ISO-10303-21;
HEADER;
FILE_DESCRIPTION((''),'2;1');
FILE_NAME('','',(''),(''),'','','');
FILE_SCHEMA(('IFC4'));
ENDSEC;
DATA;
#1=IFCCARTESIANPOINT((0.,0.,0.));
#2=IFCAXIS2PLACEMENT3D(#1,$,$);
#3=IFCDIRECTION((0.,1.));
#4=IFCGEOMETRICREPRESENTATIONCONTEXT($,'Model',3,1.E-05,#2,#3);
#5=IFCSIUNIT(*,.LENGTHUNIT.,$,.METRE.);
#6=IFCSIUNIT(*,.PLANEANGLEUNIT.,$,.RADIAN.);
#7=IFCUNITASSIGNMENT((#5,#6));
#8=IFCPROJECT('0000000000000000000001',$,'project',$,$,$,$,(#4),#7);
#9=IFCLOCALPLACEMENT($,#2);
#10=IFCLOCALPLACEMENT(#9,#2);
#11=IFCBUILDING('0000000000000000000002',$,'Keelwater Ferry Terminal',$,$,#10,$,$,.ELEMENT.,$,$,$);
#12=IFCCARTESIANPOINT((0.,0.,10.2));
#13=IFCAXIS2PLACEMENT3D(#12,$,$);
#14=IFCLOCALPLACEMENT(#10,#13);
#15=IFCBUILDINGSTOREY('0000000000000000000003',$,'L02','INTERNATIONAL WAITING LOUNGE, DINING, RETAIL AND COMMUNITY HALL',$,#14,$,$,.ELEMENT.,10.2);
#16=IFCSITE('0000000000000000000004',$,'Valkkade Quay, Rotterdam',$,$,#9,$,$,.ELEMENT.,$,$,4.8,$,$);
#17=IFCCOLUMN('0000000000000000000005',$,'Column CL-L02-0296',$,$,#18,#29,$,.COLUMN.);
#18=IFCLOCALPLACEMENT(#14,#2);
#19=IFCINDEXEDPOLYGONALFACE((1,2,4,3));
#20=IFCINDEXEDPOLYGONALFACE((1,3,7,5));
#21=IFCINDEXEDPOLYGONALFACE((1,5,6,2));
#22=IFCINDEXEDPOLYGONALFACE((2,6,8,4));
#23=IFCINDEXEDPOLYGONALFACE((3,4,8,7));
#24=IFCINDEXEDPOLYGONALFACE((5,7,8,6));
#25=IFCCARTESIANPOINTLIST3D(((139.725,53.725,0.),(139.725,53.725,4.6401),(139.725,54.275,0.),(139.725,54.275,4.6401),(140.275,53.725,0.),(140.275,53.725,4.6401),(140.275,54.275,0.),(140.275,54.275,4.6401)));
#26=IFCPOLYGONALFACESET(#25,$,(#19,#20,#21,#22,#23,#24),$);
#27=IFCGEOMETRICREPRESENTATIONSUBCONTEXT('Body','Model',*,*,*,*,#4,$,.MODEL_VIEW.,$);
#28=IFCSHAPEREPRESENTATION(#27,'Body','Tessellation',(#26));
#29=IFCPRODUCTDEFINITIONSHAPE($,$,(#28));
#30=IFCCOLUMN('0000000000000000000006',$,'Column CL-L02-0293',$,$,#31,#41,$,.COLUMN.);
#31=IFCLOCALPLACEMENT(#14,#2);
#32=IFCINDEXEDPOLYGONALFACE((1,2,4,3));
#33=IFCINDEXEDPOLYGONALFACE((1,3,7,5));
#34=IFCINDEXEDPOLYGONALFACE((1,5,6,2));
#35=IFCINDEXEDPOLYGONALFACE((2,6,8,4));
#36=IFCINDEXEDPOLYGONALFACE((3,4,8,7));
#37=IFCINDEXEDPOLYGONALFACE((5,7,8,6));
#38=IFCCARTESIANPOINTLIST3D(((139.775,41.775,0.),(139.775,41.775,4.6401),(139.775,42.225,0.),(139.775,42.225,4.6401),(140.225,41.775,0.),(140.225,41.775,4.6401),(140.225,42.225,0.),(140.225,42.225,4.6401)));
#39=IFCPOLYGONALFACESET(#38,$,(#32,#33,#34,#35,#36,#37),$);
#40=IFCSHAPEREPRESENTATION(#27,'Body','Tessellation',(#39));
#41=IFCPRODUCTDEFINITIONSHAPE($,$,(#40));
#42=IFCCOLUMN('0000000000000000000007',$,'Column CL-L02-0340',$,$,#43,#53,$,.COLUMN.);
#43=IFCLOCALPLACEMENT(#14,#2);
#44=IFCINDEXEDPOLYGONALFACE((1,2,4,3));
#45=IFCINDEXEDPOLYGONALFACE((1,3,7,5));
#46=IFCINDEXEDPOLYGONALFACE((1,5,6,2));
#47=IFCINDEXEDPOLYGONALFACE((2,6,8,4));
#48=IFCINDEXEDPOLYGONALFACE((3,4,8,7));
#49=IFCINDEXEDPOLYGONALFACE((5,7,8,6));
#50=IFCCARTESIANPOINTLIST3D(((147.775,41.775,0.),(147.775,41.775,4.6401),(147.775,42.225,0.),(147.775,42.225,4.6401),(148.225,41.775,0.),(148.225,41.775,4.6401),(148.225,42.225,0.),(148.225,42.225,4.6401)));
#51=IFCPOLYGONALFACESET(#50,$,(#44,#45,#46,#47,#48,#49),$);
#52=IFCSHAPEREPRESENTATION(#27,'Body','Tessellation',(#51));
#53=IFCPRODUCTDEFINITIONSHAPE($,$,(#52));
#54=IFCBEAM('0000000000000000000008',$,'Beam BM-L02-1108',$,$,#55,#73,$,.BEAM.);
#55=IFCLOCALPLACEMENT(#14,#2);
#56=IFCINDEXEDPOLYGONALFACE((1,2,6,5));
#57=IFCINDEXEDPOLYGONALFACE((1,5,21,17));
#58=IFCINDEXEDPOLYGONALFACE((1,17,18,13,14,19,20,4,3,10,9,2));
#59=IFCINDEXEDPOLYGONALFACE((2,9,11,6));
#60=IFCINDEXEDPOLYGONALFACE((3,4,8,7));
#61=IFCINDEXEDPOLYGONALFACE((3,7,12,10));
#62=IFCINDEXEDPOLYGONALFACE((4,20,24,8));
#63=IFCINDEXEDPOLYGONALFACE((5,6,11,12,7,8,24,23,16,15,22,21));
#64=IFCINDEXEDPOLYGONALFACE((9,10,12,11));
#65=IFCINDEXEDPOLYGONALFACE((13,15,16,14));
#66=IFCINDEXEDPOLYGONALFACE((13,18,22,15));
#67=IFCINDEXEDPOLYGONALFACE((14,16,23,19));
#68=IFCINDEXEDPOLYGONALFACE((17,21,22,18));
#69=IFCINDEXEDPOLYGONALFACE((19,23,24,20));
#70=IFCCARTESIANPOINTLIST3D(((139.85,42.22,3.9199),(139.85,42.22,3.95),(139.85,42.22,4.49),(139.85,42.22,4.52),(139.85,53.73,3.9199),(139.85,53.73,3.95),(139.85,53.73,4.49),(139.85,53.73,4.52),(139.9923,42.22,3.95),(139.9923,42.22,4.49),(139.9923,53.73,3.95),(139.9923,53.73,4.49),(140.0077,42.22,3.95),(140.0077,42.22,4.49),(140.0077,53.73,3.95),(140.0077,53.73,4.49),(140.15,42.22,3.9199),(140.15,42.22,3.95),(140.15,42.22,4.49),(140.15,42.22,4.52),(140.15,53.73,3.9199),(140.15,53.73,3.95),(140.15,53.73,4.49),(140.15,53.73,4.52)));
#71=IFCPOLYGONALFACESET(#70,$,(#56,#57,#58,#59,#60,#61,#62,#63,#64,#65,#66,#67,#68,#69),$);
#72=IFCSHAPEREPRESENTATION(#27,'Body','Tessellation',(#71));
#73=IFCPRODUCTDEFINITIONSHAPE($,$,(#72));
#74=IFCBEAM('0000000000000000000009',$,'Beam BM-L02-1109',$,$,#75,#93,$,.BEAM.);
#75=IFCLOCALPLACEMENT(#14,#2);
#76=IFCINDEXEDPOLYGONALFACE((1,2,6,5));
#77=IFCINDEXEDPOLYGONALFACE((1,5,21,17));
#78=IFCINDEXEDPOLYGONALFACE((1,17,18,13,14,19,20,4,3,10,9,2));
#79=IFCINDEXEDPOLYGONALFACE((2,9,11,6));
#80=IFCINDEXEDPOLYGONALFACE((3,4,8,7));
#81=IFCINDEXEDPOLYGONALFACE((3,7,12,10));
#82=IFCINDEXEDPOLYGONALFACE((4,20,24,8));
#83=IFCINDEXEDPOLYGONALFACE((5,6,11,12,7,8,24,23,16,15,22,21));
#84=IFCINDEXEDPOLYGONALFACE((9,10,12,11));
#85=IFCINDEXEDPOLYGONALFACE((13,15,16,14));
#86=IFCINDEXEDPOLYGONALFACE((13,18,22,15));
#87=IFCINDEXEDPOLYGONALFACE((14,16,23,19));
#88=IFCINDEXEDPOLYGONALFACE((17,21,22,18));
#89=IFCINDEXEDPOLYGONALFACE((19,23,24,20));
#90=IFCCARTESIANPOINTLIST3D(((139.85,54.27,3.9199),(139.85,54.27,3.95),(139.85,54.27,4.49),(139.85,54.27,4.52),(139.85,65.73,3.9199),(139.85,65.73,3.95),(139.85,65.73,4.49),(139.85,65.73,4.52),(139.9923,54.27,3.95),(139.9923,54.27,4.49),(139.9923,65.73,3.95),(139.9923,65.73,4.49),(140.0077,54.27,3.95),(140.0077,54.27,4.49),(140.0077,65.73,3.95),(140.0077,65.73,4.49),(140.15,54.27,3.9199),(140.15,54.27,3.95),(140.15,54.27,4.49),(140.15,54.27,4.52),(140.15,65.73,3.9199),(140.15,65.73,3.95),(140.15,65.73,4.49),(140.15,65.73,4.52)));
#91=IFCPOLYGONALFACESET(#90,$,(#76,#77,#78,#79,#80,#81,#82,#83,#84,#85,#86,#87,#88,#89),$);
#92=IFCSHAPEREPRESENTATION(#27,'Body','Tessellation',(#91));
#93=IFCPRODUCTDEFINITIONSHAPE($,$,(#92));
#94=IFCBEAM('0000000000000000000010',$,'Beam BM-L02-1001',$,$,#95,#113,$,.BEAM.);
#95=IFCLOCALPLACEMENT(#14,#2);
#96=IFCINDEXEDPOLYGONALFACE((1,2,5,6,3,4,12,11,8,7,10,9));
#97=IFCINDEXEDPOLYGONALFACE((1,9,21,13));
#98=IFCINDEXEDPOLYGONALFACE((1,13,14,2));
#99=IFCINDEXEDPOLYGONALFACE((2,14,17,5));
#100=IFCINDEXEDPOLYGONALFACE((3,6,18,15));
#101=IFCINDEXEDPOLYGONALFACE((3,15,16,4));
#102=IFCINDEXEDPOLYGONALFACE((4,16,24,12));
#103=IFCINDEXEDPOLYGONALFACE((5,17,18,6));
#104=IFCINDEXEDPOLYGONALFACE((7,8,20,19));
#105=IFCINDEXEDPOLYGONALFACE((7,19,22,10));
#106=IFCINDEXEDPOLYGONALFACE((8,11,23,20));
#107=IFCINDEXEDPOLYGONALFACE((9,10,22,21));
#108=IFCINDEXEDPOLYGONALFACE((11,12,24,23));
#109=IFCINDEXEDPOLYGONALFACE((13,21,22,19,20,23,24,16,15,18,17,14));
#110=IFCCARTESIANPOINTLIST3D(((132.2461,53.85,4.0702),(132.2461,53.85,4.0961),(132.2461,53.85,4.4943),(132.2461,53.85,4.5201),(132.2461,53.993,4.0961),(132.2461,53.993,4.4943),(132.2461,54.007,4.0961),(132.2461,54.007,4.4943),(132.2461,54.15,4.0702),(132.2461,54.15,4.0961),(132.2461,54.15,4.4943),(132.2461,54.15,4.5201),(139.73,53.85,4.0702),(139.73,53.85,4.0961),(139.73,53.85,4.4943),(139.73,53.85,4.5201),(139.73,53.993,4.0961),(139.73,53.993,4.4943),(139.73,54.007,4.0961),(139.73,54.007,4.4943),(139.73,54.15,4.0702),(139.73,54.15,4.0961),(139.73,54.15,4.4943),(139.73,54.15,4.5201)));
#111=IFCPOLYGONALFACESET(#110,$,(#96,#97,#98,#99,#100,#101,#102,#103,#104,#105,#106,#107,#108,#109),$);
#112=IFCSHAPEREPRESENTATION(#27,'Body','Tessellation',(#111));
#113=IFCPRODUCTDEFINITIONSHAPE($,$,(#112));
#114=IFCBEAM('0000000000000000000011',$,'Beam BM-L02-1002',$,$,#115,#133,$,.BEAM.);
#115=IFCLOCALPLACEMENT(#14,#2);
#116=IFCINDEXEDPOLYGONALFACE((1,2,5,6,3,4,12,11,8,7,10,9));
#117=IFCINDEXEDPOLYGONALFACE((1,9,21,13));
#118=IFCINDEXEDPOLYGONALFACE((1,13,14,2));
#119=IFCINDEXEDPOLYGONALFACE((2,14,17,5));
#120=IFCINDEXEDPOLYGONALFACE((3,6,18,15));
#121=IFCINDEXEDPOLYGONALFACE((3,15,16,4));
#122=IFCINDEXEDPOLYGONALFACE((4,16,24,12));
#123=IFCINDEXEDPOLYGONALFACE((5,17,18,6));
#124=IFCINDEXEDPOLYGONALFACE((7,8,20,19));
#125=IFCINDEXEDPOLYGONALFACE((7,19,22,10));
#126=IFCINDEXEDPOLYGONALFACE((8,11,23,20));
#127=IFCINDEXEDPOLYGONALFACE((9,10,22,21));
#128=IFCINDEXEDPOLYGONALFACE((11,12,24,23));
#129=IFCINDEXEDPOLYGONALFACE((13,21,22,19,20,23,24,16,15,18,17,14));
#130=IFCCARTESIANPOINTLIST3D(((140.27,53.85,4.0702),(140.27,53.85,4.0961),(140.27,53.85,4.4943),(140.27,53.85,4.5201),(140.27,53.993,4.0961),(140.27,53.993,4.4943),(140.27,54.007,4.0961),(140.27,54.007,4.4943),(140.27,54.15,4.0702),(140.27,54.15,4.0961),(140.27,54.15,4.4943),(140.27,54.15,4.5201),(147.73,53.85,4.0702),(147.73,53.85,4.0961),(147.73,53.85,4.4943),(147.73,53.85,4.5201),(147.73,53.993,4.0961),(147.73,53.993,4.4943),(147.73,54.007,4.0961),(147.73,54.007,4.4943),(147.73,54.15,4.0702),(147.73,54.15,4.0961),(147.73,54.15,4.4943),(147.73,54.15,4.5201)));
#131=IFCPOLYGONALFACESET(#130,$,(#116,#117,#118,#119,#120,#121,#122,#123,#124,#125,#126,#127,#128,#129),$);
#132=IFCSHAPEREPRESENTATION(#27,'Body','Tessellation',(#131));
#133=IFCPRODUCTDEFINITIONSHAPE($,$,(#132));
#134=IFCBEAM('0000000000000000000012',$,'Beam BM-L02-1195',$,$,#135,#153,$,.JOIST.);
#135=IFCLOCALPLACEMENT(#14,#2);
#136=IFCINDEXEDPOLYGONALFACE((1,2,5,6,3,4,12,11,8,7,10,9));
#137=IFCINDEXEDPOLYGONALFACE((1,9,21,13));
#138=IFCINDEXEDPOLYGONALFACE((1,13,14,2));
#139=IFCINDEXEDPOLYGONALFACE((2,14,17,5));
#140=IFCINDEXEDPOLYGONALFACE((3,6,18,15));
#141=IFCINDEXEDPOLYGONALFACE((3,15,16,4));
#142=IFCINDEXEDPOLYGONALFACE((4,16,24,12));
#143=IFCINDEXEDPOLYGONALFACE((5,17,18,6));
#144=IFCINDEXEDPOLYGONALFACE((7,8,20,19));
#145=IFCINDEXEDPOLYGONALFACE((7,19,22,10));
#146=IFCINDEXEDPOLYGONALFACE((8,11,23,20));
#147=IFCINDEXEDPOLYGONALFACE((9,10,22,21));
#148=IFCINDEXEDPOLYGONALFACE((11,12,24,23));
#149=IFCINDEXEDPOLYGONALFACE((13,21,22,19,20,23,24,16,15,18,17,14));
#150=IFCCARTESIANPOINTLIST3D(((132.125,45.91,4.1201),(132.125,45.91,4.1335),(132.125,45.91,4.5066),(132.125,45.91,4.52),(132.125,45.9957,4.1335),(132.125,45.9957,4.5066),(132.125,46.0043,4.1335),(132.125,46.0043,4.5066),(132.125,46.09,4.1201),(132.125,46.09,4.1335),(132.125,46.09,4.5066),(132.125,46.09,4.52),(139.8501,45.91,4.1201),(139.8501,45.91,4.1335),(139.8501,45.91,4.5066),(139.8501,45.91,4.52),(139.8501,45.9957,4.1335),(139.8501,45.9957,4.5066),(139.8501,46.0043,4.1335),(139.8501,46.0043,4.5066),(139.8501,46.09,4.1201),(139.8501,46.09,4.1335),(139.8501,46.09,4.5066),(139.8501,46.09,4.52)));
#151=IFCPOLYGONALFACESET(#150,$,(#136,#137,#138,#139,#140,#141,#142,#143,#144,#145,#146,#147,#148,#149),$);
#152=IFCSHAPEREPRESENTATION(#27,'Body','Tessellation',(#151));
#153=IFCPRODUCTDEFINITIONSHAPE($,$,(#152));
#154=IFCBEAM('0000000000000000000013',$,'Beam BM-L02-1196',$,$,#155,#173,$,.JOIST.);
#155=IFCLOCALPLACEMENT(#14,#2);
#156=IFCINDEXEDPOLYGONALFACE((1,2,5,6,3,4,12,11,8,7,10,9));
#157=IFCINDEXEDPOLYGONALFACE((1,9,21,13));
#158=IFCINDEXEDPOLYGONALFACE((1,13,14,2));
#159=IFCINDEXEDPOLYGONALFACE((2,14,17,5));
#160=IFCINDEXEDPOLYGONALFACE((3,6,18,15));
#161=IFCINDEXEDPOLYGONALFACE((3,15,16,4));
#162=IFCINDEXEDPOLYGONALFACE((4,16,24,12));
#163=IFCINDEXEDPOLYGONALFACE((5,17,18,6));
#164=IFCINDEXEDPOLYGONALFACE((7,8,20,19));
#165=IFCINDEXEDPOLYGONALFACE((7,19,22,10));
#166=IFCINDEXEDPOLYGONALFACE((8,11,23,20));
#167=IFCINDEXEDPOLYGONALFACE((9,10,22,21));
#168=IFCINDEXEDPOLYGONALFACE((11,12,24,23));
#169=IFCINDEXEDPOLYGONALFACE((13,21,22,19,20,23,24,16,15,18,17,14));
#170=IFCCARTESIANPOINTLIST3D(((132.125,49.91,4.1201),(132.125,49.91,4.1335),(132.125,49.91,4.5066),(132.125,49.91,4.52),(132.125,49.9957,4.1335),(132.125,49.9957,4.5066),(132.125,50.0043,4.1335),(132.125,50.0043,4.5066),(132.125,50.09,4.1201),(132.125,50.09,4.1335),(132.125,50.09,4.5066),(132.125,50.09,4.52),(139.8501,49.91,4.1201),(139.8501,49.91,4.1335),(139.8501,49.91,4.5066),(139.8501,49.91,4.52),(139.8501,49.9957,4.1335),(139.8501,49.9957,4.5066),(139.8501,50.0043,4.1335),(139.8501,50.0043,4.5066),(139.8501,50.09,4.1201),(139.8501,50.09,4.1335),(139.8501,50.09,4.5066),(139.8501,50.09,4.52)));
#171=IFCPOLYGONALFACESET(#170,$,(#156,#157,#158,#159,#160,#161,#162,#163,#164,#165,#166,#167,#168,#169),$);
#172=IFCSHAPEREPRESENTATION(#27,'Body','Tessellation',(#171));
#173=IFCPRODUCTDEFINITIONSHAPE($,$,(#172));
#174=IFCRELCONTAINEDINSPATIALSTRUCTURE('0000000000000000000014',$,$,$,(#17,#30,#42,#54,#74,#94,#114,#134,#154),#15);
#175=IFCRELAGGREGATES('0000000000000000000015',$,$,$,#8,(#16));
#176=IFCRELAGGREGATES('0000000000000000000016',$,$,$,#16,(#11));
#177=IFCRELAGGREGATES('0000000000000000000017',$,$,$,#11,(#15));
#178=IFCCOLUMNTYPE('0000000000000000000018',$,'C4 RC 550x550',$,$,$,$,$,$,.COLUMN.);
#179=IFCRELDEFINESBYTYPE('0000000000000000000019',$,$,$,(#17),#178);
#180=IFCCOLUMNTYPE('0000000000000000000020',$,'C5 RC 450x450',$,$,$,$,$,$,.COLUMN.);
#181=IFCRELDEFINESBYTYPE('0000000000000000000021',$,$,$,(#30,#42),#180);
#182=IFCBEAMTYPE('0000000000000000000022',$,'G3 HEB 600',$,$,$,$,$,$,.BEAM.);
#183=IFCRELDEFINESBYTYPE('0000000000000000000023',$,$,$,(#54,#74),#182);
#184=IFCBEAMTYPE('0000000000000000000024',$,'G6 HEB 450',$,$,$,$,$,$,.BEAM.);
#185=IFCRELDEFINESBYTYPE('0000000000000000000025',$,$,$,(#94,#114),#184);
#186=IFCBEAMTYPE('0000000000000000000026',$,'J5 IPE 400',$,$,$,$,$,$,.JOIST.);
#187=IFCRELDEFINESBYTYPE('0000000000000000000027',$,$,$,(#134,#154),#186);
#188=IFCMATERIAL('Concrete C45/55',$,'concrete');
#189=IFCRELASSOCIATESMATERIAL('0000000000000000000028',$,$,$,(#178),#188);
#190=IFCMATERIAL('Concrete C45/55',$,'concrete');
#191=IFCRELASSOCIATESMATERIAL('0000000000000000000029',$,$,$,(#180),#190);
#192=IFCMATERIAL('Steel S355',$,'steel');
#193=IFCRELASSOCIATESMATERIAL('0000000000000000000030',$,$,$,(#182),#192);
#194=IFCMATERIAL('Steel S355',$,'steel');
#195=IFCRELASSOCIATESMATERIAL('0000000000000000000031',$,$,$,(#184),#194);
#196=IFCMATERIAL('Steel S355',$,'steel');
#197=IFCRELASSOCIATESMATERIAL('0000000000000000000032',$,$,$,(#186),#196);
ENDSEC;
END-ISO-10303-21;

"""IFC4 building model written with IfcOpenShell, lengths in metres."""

from ifc_helpers import new_model, si_unit, direction, frame, origin, origin_2d, place, context, subcontext, project, spatial, rectangle, i_section, extrude, material, material_profile, profile_set, type_object, element, save


model = new_model("IFC4")

# Units and contexts
model_context = context("Model", 3, precision=1e-05, world=origin(), true_north=direction((0.0, 1.0)))
body_context = subcontext(model_context, "Body", "Model", "MODEL_VIEW")
ifc_project = project(units=[si_unit("LENGTHUNIT", "METRE"), si_unit("PLANEANGLEUNIT", "RADIAN")], contexts=[model_context])

# Site, building, storey
site_placement = place(None, origin())
site = spatial("IfcSite", under=ifc_project, at=site_placement, Name="Valkkade Quay, Rotterdam", CompositionType="ELEMENT", RefElevation=4.8)
building_placement = place(site_placement, origin())
building = spatial("IfcBuilding", under=site, at=building_placement, Name="Keelwater Ferry Terminal", CompositionType="ELEMENT")
storey_placement = place(building_placement, frame((0.0, 0.0, 10.2)))
storey = spatial("IfcBuildingStorey", under=building, at=storey_placement, Name="L02", Description="INTERNATIONAL WAITING LOUNGE, DINING, RETAIL AND COMMUNITY HALL", CompositionType="ELEMENT", Elevation=10.2)

# Columns
ifc_material_1 = material(Name="Concrete C45/55", Category="concrete")
ifc_material_profile_1 = material_profile(ifc_material_1, rectangle(XDim=0.55, YDim=0.55, at=origin_2d()), Name="RC 550x550")
ifc_profile_set_1 = profile_set([ifc_material_profile_1], Name="Concrete C45/55")
column_type_1 = type_object("IfcColumnType", Name="C4 RC 550x550", PredefinedType="COLUMN", material=ifc_profile_set_1)
column_placement = place(storey_placement, frame((140.0, 54.0, 0.0), z_axis=(0.0, 0.0, 1.0), x_axis=(1.0, 0.0, 0.0)))
element("IfcColumn", 1, at=column_placement, inside=storey, type_object=column_type_1, Name="Column CL-L02-0296", PredefinedType="COLUMN", context=body_context, shape_type="SweptSolid", body=[
    extrude(rectangle(XDim=0.55, YDim=0.55, at=origin_2d()), origin(), (0.0, 0.0, 1.0), 4.6401),
])
ifc_material_2 = material(Name="Concrete C45/55", Category="concrete")
ifc_material_profile_2 = material_profile(ifc_material_2, rectangle(XDim=0.45, YDim=0.45, at=origin_2d()), Name="RC 450x450")
ifc_profile_set_2 = profile_set([ifc_material_profile_2], Name="Concrete C45/55")
column_type_2 = type_object("IfcColumnType", Name="C5 RC 450x450", PredefinedType="COLUMN", material=ifc_profile_set_2)
for number, where, z_axis, x_axis, name in (
    (2, (140.0, 42.0, 0.0), (0.0, 0.0, 1.0), (1.0, 0.0, 0.0), "Column CL-L02-0293"),
    (3, (148.0, 42.0, 0.0), (0.0, 0.0, 1.0), (1.0, 0.0, 0.0), "Column CL-L02-0340"),
):
    element("IfcColumn", number, at=place(storey_placement, frame(where, z_axis=z_axis, x_axis=x_axis)), inside=storey, type_object=column_type_2, Name=name, PredefinedType="COLUMN", context=body_context, shape_type="SweptSolid", body=[
        extrude(rectangle(XDim=0.45, YDim=0.45, at=origin_2d()), origin(), (0.0, 0.0, 1.0), 4.6401),
    ])

# Beams
ifc_material_3 = material(Name="Steel S355", Category="steel")
ifc_material_profile_3 = material_profile(ifc_material_3, i_section(OverallWidth=0.3, OverallDepth=0.6001, WebThickness=0.0154, FlangeThickness=0.03, at=origin_2d()), Name="HEB 600")
ifc_profile_set_3 = profile_set([ifc_material_profile_3], Name="Steel S355")
beam_type_1 = type_object("IfcBeamType", Name="G3 HEB 600", PredefinedType="BEAM", material=ifc_profile_set_3)
beam_1_placement = place(storey_placement, frame((140.0, 42.22, 4.22), z_axis=(0.0, 1.0, 0.0), x_axis=(-1.0, 0.0, 0.0)))
element("IfcBeam", 4, at=beam_1_placement, inside=storey, type_object=beam_type_1, Name="Beam BM-L02-1108", PredefinedType="BEAM", context=body_context, shape_type="SweptSolid", body=[
    extrude(i_section(OverallWidth=0.3, OverallDepth=0.6001, WebThickness=0.0154, FlangeThickness=0.03, at=origin_2d()), origin(), (0.0, 0.0, 1.0), 11.51),
])
beam_2_placement = place(storey_placement, frame((140.0, 54.27, 4.22), z_axis=(0.0, 1.0, 0.0), x_axis=(-1.0, 0.0, 0.0)))
element("IfcBeam", 5, at=beam_2_placement, inside=storey, type_object=beam_type_1, Name="Beam BM-L02-1109", PredefinedType="BEAM", context=body_context, shape_type="SweptSolid", body=[
    extrude(i_section(OverallWidth=0.3, OverallDepth=0.6001, WebThickness=0.0154, FlangeThickness=0.03, at=origin_2d()), origin(), (0.0, 0.0, 1.0), 11.46),
])
ifc_material_4 = material(Name="Steel S355", Category="steel")
ifc_material_profile_4 = material_profile(ifc_material_4, i_section(OverallWidth=0.3, OverallDepth=0.45, WebThickness=0.0139, FlangeThickness=0.0259, at=origin_2d()), Name="HEB 450")
ifc_profile_set_4 = profile_set([ifc_material_profile_4], Name="Steel S355")
beam_type_2 = type_object("IfcBeamType", Name="G6 HEB 450", PredefinedType="BEAM", material=ifc_profile_set_4)
beam_3_placement = place(storey_placement, frame((132.2461, 54.0, 4.2952), z_axis=(1.0, 0.0, 0.0), x_axis=(0.0, 1.0, 0.0)))
element("IfcBeam", 6, at=beam_3_placement, inside=storey, type_object=beam_type_2, Name="Beam BM-L02-1001", PredefinedType="BEAM", context=body_context, shape_type="SweptSolid", body=[
    extrude(i_section(OverallWidth=0.3, OverallDepth=0.45, WebThickness=0.0139, FlangeThickness=0.0259, at=origin_2d()), origin(), (0.0, 0.0, 1.0), 7.4839),
])
beam_4_placement = place(storey_placement, frame((140.27, 54.0, 4.2952), z_axis=(1.0, 0.0, 0.0), x_axis=(0.0, 1.0, 0.0)))
element("IfcBeam", 7, at=beam_4_placement, inside=storey, type_object=beam_type_2, Name="Beam BM-L02-1002", PredefinedType="BEAM", context=body_context, shape_type="SweptSolid", body=[
    extrude(i_section(OverallWidth=0.3, OverallDepth=0.45, WebThickness=0.0139, FlangeThickness=0.0259, at=origin_2d()), origin(), (0.0, 0.0, 1.0), 7.46),
])
ifc_material_5 = material(Name="Steel S355", Category="steel")
ifc_material_profile_5 = material_profile(ifc_material_5, i_section(OverallWidth=0.1799, OverallDepth=0.3999, WebThickness=0.0085, FlangeThickness=0.0134, at=origin_2d()), Name="IPE 400")
ifc_profile_set_5 = profile_set([ifc_material_profile_5], Name="Steel S355")
beam_type_3 = type_object("IfcBeamType", Name="J5 IPE 400", PredefinedType="JOIST", material=ifc_profile_set_5)
for number, where, z_axis, x_axis, name in (
    (8, (132.125, 46.0, 4.3201), (1.0, 0.0, 0.0), (0.0, 1.0, 0.0), "Beam BM-L02-1195"),
    (9, (132.125, 50.0, 4.3201), (1.0, 0.0, 0.0), (0.0, 1.0, 0.0), "Beam BM-L02-1196"),
):
    element("IfcBeam", number, at=place(storey_placement, frame(where, z_axis=z_axis, x_axis=x_axis)), inside=storey, type_object=beam_type_3, Name=name, PredefinedType="JOIST", context=body_context, shape_type="SweptSolid", body=[
        extrude(i_section(OverallWidth=0.1799, OverallDepth=0.3999, WebThickness=0.0085, FlangeThickness=0.0134, at=origin_2d()), origin(), (0.0, 0.0, 1.0), 7.7251),
    ])

save(model, "model.ifc")
